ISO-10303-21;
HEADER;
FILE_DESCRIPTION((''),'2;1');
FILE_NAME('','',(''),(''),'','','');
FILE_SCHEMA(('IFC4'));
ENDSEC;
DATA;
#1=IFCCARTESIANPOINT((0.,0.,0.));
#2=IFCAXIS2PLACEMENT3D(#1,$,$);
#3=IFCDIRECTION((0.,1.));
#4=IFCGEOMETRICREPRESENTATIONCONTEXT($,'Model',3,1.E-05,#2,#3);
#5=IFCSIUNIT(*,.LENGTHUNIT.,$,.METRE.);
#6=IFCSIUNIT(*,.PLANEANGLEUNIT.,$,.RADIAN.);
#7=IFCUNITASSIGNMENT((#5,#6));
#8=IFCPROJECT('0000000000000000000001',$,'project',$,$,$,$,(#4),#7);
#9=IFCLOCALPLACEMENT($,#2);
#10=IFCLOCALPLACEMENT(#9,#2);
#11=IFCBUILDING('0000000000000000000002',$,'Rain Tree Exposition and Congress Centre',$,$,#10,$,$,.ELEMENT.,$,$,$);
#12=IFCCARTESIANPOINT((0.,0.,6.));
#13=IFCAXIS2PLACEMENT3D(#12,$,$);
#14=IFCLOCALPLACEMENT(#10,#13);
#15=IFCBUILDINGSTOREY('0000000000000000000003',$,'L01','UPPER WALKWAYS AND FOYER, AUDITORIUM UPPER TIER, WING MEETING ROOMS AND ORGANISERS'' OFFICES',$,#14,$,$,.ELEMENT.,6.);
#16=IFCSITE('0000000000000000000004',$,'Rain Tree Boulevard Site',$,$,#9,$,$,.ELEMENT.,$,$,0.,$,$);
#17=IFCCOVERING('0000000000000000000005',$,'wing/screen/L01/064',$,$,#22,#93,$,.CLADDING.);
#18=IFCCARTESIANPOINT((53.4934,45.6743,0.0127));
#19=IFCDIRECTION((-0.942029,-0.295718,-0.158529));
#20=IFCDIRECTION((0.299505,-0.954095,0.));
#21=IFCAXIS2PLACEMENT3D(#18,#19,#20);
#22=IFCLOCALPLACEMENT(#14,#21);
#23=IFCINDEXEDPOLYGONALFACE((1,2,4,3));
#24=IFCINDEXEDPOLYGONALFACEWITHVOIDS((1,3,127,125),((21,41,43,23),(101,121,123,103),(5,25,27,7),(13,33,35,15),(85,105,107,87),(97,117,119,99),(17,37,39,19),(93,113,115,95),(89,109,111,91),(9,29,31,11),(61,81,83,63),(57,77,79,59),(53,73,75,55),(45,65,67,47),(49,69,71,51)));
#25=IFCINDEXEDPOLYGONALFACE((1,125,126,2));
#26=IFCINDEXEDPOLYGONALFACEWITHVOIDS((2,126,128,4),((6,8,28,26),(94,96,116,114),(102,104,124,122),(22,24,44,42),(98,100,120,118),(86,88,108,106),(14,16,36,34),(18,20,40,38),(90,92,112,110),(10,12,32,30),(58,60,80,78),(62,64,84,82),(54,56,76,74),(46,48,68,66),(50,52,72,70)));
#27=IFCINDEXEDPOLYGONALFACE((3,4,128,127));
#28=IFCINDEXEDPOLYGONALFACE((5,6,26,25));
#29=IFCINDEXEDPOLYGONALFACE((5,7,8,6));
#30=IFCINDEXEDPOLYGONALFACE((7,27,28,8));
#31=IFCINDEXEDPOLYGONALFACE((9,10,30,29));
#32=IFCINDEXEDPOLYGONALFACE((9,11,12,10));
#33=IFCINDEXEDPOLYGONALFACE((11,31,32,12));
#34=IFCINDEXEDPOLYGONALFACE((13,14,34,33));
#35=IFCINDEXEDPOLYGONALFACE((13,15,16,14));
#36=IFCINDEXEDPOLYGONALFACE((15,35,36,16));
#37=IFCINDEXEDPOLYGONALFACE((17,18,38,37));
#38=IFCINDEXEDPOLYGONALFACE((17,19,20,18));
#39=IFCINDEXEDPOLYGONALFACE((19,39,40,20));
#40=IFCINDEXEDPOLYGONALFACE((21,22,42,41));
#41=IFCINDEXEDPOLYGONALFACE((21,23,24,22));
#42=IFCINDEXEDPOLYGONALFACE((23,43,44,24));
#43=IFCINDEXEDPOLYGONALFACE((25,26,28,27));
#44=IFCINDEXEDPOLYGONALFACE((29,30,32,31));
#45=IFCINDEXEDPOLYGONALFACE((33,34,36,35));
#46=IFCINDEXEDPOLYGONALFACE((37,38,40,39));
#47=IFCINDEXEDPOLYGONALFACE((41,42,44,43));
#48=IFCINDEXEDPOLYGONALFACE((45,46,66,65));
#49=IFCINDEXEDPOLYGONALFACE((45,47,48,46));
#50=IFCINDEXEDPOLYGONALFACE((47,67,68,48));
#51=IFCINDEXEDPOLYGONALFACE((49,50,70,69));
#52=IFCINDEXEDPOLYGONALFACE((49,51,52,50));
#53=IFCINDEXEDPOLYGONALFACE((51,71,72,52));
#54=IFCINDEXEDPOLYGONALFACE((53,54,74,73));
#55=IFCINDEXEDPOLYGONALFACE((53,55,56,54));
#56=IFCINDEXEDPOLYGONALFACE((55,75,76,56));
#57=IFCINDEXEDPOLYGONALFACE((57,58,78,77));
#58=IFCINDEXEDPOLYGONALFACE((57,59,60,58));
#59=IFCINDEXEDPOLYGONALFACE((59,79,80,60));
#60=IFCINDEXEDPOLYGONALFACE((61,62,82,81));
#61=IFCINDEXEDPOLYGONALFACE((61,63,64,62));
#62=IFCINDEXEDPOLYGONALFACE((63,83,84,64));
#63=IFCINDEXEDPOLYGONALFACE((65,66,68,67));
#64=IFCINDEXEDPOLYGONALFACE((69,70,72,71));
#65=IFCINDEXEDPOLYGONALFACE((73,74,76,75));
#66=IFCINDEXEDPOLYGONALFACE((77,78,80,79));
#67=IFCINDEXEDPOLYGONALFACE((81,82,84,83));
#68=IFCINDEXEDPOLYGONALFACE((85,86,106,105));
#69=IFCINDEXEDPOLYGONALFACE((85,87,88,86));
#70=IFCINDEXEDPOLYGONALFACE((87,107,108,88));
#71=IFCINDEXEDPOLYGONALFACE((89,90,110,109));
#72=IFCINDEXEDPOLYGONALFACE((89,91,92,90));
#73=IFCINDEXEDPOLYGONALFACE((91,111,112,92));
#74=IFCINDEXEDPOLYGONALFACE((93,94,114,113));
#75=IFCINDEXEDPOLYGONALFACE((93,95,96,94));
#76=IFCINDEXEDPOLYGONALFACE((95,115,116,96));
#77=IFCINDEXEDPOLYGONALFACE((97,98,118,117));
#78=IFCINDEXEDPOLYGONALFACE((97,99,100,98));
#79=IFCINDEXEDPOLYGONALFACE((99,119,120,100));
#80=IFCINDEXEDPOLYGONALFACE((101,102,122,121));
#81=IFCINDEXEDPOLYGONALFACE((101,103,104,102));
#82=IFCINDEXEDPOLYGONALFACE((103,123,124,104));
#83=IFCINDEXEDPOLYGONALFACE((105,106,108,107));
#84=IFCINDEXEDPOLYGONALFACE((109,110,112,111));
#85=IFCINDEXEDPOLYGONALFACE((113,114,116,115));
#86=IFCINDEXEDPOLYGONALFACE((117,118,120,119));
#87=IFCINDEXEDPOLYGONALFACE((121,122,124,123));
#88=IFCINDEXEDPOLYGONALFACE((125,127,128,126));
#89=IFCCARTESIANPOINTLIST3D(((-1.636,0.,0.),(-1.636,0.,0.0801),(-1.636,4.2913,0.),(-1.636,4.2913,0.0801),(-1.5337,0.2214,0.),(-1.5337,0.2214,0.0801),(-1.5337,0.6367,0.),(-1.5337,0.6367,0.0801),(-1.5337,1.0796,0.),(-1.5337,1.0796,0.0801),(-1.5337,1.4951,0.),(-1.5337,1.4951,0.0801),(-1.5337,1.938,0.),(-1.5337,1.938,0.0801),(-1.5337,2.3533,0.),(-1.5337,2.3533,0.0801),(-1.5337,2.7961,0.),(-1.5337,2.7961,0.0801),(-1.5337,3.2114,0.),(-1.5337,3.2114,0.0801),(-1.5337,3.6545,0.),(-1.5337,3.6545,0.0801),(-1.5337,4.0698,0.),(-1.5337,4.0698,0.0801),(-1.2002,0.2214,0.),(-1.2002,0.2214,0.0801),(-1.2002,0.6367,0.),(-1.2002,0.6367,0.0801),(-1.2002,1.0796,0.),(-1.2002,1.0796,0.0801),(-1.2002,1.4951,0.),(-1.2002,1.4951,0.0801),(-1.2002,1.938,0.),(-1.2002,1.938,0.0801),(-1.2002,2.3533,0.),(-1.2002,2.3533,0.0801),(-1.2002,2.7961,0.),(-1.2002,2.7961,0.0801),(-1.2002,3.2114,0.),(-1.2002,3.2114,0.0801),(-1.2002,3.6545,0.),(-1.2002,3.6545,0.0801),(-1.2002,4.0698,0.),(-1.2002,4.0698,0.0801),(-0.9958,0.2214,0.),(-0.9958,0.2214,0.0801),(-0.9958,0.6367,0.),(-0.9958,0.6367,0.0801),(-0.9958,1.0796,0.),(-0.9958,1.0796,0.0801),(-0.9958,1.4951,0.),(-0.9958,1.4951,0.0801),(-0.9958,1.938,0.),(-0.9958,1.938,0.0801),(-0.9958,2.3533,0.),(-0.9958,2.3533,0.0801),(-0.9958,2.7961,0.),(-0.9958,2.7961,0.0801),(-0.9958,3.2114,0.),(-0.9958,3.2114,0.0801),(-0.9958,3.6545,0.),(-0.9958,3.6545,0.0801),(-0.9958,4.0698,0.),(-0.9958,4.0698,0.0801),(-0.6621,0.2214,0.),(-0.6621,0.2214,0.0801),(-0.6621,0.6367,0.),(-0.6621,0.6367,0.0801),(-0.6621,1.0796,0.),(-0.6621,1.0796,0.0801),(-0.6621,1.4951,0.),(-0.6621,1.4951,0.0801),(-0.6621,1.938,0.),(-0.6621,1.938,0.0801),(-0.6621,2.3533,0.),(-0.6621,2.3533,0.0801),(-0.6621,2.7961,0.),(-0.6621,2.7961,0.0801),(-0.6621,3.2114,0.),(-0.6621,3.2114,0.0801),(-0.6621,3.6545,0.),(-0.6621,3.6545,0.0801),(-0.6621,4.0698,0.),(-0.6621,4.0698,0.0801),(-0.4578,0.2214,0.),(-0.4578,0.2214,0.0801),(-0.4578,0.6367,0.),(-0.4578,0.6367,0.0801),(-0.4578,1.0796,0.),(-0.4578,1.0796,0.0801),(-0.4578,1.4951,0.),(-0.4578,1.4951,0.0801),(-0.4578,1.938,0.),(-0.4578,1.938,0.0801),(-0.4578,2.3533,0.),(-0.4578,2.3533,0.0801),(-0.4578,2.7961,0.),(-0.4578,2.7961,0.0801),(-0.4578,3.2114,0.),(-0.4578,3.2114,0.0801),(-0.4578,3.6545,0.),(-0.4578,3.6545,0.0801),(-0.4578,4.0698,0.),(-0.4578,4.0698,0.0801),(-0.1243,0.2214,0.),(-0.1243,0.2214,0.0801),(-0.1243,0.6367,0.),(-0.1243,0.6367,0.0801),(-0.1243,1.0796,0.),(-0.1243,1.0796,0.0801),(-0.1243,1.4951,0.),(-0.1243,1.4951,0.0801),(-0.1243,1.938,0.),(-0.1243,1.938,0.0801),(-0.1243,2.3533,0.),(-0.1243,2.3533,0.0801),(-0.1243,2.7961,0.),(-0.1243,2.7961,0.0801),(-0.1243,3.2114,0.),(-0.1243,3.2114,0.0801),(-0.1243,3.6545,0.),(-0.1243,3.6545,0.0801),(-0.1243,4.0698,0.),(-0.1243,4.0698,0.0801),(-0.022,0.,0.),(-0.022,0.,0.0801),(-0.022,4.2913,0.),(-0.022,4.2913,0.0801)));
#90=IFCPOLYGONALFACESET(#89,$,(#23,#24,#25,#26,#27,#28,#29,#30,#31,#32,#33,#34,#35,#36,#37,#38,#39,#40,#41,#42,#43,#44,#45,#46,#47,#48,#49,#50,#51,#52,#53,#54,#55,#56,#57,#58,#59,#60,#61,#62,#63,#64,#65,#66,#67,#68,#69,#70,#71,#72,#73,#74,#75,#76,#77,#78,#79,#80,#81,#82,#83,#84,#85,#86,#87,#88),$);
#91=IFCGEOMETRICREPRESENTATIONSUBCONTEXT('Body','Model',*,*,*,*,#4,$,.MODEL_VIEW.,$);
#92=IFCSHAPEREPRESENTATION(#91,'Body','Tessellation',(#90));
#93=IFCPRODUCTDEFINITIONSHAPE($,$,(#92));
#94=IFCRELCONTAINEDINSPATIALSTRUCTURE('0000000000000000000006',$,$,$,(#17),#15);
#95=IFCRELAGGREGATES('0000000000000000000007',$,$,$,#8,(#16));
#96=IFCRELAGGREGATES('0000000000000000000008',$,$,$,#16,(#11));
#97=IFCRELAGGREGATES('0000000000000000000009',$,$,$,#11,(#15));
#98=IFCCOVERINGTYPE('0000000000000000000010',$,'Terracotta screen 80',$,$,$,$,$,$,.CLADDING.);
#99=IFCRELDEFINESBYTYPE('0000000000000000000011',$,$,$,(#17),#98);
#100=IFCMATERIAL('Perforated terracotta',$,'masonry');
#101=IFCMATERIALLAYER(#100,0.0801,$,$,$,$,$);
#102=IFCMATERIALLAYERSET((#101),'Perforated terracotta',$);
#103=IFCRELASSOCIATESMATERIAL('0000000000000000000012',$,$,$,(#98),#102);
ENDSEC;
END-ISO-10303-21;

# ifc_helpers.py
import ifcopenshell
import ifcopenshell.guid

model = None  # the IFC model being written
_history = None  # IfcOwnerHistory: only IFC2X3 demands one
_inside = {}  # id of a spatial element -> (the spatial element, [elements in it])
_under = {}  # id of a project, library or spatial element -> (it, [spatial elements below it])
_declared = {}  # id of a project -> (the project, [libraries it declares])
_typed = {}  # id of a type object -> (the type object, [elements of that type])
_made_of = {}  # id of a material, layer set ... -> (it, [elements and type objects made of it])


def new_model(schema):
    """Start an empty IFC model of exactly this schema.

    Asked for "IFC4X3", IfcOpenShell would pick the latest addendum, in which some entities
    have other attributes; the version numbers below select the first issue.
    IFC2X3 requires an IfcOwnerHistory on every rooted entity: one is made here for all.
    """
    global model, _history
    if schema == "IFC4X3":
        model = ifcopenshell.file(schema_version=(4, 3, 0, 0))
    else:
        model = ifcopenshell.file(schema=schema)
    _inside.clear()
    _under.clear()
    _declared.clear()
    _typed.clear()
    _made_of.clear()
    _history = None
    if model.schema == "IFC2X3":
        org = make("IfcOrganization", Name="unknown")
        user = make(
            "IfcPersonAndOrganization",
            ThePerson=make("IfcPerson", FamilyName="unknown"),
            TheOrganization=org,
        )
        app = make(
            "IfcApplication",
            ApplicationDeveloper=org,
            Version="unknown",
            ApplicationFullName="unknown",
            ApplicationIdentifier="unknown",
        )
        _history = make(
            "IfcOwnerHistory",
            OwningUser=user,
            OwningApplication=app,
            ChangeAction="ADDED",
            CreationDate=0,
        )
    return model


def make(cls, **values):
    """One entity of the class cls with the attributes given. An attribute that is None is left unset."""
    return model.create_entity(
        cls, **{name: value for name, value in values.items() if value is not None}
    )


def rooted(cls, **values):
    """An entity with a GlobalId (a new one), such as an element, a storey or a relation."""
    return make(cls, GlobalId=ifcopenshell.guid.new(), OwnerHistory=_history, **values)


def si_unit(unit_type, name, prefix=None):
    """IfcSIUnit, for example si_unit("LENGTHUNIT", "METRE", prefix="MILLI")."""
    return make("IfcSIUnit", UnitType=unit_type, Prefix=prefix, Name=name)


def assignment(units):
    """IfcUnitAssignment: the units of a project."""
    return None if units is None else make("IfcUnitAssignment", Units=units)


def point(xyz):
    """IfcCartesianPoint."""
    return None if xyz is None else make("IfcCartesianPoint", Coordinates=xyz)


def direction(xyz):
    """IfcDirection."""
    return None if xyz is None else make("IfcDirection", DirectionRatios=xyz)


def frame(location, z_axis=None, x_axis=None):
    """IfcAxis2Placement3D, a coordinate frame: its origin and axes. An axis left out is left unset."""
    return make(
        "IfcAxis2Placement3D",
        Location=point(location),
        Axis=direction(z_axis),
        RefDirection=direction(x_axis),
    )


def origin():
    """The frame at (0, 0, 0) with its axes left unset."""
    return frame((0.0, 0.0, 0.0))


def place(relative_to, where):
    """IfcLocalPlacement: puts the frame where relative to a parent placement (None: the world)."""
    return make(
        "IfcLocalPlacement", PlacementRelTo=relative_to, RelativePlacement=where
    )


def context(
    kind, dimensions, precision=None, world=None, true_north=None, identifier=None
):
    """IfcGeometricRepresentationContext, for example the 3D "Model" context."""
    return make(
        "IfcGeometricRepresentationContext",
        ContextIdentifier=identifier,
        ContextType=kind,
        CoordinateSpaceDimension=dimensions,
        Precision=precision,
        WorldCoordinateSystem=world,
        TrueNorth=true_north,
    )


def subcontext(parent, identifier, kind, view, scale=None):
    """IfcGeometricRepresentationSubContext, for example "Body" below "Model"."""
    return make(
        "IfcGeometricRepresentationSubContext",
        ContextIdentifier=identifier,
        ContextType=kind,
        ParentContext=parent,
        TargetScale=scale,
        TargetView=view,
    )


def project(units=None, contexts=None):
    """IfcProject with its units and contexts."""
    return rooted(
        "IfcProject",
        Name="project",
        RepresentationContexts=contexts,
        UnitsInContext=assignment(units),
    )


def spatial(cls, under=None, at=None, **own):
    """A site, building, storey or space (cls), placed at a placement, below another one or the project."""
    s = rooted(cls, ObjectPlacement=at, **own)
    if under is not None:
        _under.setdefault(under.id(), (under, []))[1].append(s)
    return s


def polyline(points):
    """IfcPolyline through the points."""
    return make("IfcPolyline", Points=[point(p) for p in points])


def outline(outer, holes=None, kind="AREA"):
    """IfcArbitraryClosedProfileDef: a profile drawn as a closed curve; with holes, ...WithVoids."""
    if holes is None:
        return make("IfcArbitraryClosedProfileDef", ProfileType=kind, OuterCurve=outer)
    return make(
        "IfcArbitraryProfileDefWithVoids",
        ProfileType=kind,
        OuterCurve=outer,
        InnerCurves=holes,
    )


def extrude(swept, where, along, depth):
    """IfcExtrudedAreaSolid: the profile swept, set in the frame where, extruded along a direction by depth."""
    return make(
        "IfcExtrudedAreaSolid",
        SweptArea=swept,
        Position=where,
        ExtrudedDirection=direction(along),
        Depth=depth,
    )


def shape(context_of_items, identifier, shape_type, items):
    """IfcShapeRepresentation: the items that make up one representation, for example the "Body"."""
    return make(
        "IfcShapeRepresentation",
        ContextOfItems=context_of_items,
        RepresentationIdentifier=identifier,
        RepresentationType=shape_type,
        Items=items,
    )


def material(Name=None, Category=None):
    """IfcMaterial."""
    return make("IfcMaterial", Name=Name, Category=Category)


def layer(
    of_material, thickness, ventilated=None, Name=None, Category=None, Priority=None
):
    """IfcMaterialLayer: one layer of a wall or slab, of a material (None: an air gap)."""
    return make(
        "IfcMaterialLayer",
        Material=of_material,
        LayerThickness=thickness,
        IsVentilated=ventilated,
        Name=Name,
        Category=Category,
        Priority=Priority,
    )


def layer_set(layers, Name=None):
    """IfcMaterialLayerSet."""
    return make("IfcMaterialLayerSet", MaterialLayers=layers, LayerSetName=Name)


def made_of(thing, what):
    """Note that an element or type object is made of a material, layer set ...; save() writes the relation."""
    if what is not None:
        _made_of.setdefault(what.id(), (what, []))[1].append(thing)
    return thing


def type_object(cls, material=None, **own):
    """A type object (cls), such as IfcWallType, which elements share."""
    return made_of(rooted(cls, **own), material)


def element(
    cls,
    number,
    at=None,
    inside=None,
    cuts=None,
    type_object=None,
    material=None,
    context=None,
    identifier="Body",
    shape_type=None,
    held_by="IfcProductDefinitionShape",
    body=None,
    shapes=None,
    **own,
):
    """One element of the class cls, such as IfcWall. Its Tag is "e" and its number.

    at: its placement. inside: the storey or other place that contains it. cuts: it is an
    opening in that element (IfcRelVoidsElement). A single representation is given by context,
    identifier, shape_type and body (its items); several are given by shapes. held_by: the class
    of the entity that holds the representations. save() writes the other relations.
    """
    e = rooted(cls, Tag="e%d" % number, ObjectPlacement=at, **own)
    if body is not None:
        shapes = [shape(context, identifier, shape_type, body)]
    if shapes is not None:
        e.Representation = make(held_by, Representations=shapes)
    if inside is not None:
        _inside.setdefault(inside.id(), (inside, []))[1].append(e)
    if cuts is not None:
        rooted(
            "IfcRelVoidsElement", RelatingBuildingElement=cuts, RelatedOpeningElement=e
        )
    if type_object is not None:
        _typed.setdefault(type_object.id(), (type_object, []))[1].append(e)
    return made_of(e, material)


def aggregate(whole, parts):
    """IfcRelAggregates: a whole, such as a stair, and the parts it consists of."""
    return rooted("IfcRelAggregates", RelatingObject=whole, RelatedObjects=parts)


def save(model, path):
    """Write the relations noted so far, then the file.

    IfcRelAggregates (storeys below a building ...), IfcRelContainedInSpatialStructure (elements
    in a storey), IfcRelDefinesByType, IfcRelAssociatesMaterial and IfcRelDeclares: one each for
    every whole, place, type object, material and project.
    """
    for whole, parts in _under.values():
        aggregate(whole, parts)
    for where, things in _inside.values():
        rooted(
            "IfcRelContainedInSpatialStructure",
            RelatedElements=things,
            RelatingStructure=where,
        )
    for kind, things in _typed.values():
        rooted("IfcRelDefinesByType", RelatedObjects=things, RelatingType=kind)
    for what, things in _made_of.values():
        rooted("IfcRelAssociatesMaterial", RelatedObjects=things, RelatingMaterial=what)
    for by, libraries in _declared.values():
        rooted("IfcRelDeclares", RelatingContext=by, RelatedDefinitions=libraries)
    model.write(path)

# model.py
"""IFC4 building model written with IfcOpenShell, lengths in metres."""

from ifc_helpers import new_model, si_unit, direction, frame, origin, place, context, subcontext, project, spatial, polyline, outline, extrude, material, layer, layer_set, type_object, element, save


model = new_model("IFC4")

# Units and contexts
model_context = context("Model", 3, precision=1e-05, world=origin(), true_north=direction((0.0, 1.0)))
body_context = subcontext(model_context, "Body", "Model", "MODEL_VIEW")
ifc_project = project(units=[si_unit("LENGTHUNIT", "METRE"), si_unit("PLANEANGLEUNIT", "RADIAN")], contexts=[model_context])

# Site, building, storey
site_placement = place(None, origin())
site = spatial("IfcSite", under=ifc_project, at=site_placement, Name="Rain Tree Boulevard Site", CompositionType="ELEMENT", RefElevation=0.0)
building_placement = place(site_placement, origin())
building = spatial("IfcBuilding", under=site, at=building_placement, Name="Rain Tree Exposition and Congress Centre", CompositionType="ELEMENT")
storey_placement = place(building_placement, frame((0.0, 0.0, 6.0)))
storey = spatial("IfcBuildingStorey", under=building, at=storey_placement, Name="L01", Description="UPPER WALKWAYS AND FOYER, AUDITORIUM UPPER TIER, WING MEETING ROOMS AND ORGANISERS' OFFICES", CompositionType="ELEMENT", Elevation=6.0)

# Covering
ifc_material_1 = material(Name="Perforated terracotta", Category="masonry")
ifc_layer = layer(ifc_material_1, 0.0801)
ifc_layer_set = layer_set([ifc_layer], Name="Perforated terracotta")
covering_type = type_object("IfcCoveringType", Name="Terracotta screen 80", PredefinedType="CLADDING", material=ifc_layer_set)
covering_1_placement = place(storey_placement, frame((53.4934, 45.6743, 0.0127), z_axis=(-0.942029, -0.295718, -0.158529), x_axis=(0.299505, -0.954095, 0.0)))
element("IfcCovering", 1, at=covering_1_placement, inside=storey, type_object=covering_type, Name="wing/screen/L01/064", PredefinedType="CLADDING", context=body_context, shape_type="SweptSolid", body=[
    extrude(outline(polyline([(-1.636, 0.0), (-1.636, 4.2913), (-0.022, 4.2913), (-0.022, 0.0), (-1.636, 0.0)]), holes=[polyline([(-0.1243, 0.2214), (-0.1243, 0.6367), (-0.4578, 0.6367), (-0.4578, 0.2214), (-0.1243, 0.2214)]), polyline([(-0.1243, 1.0796), (-0.1243, 1.4951), (-0.4578, 1.4951), (-0.4578, 1.0796), (-0.1243, 1.0796)]), polyline([(-0.1243, 1.938), (-0.1243, 2.3533), (-0.4578, 2.3533), (-0.4578, 1.938), (-0.1243, 1.938)]), polyline([(-0.1243, 2.7961), (-0.1243, 3.2114), (-0.4578, 3.2114), (-0.4578, 2.7961), (-0.1243, 2.7961)]), polyline([(-0.1243, 3.6545), (-0.1243, 4.0698), (-0.4578, 4.0698), (-0.4578, 3.6545), (-0.1243, 3.6545)]), polyline([(-0.6621, 0.2214), (-0.6621, 0.6367), (-0.9958, 0.6367), (-0.9958, 0.2214), (-0.6621, 0.2214)]), polyline([(-0.6621, 1.0796), (-0.6621, 1.4951), (-0.9958, 1.4951), (-0.9958, 1.0796), (-0.6621, 1.0796)]), polyline([(-0.6621, 1.938), (-0.6621, 2.3533), (-0.9958, 2.3533), (-0.9958, 1.938), (-0.6621, 1.938)]), polyline([(-0.6621, 2.7961), (-0.6621, 3.2114), (-0.9958, 3.2114), (-0.9958, 2.7961), (-0.6621, 2.7961)]), polyline([(-0.6621, 3.6545), (-0.6621, 4.0698), (-0.9958, 4.0698), (-0.9958, 3.6545), (-0.6621, 3.6545)]), polyline([(-1.2002, 0.2214), (-1.2002, 0.6367), (-1.5337, 0.6367), (-1.5337, 0.2214), (-1.2002, 0.2214)]), polyline([(-1.2002, 1.0796), (-1.2002, 1.4951), (-1.5337, 1.4951), (-1.5337, 1.0796), (-1.2002, 1.0796)]), polyline([(-1.2002, 1.938), (-1.2002, 2.3533), (-1.5337, 2.3533), (-1.5337, 1.938), (-1.2002, 1.938)]), polyline([(-1.2002, 2.7961), (-1.2002, 3.2114), (-1.5337, 3.2114), (-1.5337, 2.7961), (-1.2002, 2.7961)]), polyline([(-1.2002, 3.6545), (-1.2002, 4.0698), (-1.5337, 4.0698), (-1.5337, 3.6545), (-1.2002, 3.6545)])]), origin(), (0.0, 0.0, 1.0), 0.0801),
])

save(model, "model.ifc")
